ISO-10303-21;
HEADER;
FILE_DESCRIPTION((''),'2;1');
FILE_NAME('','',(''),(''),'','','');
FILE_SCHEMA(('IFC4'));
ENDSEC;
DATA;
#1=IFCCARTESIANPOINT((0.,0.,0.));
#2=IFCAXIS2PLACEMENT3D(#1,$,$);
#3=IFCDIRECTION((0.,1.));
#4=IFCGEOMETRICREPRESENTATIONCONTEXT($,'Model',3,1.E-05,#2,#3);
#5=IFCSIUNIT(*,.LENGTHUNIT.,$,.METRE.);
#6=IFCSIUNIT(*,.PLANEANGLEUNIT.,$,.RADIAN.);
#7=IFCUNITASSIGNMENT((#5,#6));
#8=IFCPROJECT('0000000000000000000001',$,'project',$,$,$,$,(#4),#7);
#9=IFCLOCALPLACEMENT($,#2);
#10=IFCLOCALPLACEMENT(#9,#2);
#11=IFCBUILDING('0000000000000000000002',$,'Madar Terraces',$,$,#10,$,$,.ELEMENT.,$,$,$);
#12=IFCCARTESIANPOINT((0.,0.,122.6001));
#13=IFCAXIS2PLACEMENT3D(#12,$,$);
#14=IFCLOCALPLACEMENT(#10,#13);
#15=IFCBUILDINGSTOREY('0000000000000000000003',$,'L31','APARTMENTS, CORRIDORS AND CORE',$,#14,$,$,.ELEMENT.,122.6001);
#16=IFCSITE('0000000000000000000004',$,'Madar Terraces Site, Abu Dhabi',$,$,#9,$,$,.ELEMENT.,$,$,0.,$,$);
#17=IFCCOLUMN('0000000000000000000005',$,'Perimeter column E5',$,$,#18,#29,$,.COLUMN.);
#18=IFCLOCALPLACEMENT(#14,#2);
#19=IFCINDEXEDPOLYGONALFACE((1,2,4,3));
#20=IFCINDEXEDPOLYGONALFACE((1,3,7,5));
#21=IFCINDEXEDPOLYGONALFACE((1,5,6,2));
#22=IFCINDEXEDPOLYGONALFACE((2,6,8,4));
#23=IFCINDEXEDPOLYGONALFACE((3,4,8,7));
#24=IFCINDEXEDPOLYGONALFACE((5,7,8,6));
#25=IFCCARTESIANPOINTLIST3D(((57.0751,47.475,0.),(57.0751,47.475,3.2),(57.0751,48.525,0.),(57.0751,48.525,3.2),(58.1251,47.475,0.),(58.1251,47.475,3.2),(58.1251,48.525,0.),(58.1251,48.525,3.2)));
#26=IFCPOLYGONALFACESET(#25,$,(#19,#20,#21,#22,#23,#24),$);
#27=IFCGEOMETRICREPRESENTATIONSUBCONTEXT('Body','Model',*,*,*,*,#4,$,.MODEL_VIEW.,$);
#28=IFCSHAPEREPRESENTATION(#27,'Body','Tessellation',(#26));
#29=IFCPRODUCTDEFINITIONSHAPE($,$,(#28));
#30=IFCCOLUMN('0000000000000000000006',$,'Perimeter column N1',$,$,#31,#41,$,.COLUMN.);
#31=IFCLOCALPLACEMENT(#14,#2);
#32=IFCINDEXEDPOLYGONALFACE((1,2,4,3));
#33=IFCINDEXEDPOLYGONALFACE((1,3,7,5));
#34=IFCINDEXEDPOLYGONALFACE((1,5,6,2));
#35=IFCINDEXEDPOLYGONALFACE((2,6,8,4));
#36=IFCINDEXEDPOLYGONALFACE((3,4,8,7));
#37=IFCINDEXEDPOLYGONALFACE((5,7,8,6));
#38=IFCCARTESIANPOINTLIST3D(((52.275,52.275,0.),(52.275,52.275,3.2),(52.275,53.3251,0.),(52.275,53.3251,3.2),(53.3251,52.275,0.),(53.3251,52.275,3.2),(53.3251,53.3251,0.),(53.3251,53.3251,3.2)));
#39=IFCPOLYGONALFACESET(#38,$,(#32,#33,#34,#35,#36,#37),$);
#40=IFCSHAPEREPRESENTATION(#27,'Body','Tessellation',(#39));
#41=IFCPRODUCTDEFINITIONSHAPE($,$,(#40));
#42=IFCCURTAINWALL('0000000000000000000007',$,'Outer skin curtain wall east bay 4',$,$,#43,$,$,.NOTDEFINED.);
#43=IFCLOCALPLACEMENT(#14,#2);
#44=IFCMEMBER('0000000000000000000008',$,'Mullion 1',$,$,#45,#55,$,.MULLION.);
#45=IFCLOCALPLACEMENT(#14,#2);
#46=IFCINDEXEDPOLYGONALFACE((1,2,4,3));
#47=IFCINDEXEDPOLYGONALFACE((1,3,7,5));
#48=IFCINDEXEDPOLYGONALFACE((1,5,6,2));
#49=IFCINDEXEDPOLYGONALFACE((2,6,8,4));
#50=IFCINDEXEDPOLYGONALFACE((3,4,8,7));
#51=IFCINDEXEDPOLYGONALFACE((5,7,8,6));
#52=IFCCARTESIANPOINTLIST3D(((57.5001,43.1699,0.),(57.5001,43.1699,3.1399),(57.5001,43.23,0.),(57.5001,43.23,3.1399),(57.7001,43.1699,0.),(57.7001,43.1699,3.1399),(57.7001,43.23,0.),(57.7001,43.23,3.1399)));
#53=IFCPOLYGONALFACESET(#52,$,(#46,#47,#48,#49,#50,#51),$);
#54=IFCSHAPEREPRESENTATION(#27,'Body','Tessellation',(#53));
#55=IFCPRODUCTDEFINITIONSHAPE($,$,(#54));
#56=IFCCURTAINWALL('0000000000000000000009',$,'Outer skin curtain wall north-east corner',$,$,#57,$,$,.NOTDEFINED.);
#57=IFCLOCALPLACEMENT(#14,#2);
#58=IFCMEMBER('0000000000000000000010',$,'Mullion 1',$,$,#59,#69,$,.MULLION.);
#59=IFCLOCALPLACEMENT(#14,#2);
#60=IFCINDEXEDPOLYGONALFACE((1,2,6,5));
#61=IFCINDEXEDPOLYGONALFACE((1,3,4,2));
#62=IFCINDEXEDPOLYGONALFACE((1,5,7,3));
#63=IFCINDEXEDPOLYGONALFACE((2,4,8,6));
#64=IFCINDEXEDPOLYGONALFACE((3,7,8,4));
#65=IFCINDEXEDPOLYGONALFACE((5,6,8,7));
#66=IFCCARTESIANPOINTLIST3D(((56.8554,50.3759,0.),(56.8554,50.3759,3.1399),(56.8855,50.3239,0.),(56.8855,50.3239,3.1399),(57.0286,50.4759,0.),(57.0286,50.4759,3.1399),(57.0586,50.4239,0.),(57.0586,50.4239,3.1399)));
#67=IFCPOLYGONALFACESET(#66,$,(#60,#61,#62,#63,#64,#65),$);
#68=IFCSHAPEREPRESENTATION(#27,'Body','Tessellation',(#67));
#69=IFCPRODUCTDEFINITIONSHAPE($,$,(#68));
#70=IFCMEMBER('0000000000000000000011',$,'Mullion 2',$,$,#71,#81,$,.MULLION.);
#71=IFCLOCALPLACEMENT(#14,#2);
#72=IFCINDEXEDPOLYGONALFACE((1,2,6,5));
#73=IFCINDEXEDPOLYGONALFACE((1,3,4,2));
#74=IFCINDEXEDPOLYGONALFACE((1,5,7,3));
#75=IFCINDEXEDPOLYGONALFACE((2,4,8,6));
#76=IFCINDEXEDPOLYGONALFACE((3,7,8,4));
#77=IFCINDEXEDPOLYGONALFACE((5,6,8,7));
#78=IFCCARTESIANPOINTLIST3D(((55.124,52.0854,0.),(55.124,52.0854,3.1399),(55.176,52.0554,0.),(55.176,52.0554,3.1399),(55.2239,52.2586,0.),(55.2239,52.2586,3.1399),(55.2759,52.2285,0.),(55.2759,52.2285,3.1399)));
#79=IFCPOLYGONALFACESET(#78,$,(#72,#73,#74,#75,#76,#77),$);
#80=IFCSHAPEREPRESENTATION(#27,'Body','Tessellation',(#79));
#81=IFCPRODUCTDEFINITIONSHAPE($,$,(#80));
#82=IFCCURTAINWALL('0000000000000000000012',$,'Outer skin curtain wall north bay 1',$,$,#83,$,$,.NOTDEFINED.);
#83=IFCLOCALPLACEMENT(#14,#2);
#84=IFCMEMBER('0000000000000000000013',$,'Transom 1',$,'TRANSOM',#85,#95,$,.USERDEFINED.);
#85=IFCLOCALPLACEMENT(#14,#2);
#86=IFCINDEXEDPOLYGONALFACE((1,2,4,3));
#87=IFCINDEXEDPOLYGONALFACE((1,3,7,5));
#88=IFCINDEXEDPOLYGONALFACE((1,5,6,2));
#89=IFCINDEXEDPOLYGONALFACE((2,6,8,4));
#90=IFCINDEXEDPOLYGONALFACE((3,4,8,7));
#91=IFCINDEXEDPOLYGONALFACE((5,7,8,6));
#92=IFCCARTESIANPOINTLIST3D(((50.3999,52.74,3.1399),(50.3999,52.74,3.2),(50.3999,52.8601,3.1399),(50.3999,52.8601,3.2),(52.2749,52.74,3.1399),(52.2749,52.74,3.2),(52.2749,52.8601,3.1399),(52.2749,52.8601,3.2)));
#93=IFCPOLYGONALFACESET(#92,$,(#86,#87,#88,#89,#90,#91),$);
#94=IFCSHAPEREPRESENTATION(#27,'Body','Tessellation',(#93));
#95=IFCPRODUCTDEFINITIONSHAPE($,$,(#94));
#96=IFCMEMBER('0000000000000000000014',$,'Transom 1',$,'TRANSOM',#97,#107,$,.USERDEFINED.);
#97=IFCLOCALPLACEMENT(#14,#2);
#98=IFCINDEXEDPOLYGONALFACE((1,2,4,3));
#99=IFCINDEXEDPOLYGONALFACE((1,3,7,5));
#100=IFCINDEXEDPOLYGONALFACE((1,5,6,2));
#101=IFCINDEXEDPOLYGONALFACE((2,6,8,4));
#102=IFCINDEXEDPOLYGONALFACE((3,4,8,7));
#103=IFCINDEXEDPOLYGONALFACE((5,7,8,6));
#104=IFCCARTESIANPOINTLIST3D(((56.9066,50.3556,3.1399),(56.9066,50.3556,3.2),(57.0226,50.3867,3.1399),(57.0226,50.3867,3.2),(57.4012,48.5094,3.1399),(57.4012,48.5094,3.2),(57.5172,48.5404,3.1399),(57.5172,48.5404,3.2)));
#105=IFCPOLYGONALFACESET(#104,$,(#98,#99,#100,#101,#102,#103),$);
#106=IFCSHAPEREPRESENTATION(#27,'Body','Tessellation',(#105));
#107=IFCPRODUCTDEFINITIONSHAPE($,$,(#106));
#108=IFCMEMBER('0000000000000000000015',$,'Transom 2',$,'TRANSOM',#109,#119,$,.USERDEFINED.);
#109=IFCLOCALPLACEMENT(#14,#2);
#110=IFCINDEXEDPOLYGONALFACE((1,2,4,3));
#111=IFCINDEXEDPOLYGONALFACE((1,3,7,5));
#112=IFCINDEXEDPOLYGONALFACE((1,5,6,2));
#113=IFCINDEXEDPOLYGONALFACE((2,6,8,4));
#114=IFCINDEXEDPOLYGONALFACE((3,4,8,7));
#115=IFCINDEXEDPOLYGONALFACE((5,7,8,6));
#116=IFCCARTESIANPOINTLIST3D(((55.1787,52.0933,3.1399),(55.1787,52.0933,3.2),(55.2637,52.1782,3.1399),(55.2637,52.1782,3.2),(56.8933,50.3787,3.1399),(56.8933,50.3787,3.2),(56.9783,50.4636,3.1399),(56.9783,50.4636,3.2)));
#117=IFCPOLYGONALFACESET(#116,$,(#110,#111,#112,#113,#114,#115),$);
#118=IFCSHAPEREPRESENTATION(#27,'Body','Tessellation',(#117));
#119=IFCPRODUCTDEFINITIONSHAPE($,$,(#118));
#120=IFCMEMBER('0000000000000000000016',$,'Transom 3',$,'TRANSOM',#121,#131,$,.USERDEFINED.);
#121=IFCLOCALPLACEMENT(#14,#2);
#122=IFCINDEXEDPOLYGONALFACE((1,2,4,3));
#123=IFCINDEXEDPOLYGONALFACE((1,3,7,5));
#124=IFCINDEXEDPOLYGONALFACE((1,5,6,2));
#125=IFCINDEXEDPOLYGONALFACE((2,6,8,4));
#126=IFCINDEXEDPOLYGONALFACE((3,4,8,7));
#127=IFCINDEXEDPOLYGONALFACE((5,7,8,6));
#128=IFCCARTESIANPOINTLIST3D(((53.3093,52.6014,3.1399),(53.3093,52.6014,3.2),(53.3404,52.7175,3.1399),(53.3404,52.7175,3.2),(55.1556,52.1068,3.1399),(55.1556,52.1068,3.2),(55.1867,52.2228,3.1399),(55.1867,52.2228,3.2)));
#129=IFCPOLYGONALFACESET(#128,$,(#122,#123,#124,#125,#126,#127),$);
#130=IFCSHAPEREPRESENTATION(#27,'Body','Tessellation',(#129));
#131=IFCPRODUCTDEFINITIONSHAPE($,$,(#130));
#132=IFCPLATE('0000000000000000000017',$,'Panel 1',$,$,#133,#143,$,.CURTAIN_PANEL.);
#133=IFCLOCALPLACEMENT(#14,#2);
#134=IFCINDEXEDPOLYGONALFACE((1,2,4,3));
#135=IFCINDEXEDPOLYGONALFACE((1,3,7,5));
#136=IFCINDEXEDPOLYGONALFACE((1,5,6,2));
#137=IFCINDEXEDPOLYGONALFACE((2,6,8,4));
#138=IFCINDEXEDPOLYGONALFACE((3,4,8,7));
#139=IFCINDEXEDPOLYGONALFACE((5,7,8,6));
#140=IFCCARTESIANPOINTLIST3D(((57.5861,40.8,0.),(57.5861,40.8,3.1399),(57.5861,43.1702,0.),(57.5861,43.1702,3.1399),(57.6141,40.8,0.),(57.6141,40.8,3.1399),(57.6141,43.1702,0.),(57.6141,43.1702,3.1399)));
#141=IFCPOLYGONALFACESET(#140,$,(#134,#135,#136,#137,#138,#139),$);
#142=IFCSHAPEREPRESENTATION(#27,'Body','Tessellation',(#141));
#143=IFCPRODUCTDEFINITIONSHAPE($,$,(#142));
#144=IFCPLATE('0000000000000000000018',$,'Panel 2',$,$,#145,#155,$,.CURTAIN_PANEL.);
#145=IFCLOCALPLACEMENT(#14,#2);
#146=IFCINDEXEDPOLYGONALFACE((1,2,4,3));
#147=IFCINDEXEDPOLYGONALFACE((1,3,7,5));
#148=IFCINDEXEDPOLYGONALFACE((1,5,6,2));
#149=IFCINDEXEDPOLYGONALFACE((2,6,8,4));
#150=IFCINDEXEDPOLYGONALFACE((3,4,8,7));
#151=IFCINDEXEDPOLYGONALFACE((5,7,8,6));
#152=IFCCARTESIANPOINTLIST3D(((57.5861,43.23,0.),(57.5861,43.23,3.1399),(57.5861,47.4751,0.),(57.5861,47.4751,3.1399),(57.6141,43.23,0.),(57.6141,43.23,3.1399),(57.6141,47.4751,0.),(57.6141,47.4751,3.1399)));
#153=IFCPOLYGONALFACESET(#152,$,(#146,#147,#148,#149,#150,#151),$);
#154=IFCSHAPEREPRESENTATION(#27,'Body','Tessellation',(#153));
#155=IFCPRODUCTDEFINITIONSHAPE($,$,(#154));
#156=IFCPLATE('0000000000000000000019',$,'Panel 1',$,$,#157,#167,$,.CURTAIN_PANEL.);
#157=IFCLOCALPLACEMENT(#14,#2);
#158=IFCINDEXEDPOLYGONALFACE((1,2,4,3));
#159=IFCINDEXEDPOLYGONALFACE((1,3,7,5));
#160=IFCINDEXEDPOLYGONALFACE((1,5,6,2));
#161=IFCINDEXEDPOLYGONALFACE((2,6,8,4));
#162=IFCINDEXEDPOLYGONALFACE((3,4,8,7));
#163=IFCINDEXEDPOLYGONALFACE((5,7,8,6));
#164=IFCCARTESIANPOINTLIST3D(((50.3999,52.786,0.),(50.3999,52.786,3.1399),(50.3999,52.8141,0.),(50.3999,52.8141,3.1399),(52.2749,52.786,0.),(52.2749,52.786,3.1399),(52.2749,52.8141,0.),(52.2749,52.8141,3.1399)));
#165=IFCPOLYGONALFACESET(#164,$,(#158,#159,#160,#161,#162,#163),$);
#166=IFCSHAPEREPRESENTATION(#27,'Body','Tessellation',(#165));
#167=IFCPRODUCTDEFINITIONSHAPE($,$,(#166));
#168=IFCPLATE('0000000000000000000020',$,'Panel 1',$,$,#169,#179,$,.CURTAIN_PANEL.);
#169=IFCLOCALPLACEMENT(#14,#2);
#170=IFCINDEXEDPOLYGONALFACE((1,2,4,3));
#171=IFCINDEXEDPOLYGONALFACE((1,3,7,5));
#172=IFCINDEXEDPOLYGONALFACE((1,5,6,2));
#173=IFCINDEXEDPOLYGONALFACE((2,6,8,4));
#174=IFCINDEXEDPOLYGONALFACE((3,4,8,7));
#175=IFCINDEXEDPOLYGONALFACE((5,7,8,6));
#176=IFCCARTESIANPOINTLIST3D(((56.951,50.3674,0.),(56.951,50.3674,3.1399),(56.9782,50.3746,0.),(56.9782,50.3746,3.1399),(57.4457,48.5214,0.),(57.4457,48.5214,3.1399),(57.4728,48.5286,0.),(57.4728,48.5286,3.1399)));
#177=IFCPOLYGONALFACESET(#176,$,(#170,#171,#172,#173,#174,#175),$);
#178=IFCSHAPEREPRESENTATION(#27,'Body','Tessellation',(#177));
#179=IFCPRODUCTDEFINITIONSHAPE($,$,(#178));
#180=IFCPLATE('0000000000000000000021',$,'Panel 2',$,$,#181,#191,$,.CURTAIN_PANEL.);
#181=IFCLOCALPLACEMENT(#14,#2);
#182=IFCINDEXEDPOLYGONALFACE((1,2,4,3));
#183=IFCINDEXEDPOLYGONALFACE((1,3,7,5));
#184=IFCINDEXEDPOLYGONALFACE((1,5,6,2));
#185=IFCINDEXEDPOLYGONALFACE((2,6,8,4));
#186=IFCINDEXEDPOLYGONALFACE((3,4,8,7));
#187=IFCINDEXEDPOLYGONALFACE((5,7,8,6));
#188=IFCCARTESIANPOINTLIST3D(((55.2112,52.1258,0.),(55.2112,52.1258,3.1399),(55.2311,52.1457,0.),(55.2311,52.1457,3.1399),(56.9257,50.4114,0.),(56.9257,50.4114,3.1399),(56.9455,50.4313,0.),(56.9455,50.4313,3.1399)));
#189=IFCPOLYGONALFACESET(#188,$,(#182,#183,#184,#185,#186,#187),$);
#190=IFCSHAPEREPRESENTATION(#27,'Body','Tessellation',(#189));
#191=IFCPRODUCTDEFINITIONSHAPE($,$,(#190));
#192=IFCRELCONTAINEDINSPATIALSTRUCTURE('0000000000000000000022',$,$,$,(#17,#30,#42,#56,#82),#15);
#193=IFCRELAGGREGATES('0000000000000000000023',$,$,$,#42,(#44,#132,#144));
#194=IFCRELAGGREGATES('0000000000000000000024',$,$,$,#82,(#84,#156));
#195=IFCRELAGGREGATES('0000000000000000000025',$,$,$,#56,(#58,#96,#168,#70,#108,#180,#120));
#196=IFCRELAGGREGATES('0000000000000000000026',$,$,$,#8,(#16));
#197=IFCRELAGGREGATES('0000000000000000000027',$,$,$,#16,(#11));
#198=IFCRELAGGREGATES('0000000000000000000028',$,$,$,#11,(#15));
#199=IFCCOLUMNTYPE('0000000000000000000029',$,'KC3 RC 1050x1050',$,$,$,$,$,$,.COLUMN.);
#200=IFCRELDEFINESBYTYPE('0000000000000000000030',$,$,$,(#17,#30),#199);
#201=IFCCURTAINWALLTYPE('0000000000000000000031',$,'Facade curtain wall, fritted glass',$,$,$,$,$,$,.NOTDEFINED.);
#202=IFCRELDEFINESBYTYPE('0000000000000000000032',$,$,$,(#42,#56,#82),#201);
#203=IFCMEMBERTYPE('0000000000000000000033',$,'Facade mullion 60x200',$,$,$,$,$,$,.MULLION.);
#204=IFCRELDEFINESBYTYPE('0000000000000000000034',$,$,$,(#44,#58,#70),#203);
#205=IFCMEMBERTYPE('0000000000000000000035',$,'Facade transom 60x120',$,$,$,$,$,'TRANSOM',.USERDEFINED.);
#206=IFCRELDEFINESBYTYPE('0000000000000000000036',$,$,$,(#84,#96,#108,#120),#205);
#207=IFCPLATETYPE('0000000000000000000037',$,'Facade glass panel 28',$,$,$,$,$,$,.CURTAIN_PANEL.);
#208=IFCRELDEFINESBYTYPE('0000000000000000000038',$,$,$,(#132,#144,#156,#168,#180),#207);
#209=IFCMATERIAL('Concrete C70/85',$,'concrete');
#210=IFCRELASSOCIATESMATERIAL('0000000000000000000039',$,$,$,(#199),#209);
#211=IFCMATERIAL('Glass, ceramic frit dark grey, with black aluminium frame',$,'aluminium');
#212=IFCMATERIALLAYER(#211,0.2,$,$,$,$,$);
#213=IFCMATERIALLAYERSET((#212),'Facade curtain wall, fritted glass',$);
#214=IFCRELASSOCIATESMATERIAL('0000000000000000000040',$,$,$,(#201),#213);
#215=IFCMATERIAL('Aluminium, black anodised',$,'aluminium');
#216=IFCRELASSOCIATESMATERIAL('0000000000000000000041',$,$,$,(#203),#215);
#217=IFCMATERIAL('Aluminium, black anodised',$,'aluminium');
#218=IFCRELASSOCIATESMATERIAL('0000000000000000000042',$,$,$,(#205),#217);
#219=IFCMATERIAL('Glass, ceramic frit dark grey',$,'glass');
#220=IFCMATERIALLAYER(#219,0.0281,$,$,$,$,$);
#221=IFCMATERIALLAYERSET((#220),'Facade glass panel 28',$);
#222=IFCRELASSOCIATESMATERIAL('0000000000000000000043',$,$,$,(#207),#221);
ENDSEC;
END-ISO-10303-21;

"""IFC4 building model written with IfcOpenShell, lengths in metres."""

from ifc_helpers import new_model, si_unit, direction, frame, origin, origin_2d, place, context, subcontext, project, spatial, rectangle, extrude, material, layer, layer_set, material_profile, profile_set, type_object, element, aggregate, save


model = new_model("IFC4")

# Units and contexts
model_context = context("Model", 3, precision=1e-05, world=origin(), true_north=direction((0.0, 1.0)))
body_context = subcontext(model_context, "Body", "Model", "MODEL_VIEW")
ifc_project = project(units=[si_unit("LENGTHUNIT", "METRE"), si_unit("PLANEANGLEUNIT", "RADIAN")], contexts=[model_context])

# Site, building, storey
site_placement = place(None, origin())
site = spatial("IfcSite", under=ifc_project, at=site_placement, Name="Madar Terraces Site, Abu Dhabi", CompositionType="ELEMENT", RefElevation=0.0)
building_placement = place(site_placement, origin())
building = spatial("IfcBuilding", under=site, at=building_placement, Name="Madar Terraces", CompositionType="ELEMENT")
storey_placement = place(building_placement, frame((0.0, 0.0, 122.6001)))
storey = spatial("IfcBuildingStorey", under=building, at=storey_placement, Name="L31", Description="APARTMENTS, CORRIDORS AND CORE", CompositionType="ELEMENT", Elevation=122.6001)

# Columns
ifc_material_1 = material(Name="Concrete C70/85", Category="concrete")
ifc_material_profile_1 = material_profile(ifc_material_1, rectangle(XDim=1.05, YDim=1.05, at=origin_2d()), Name="KC3 RC 1050x1050")
ifc_profile_set_1 = profile_set([ifc_material_profile_1], Name="Concrete C70/85")
column_type = type_object("IfcColumnType", Name="KC3 RC 1050x1050", PredefinedType="COLUMN", material=ifc_profile_set_1)
for number, where, z_axis, x_axis, name in (
    (1, (57.6001, 48.0, 0.0), (0.0, 0.0, 1.0), (1.0, 0.0, 0.0), "Perimeter column E5"),
    (2, (52.8, 52.8, 0.0), (0.0, 0.0, 1.0), (1.0, 0.0, 0.0), "Perimeter column N1"),
):
    element("IfcColumn", number, at=place(storey_placement, frame(where, z_axis=z_axis, x_axis=x_axis)), inside=storey, type_object=column_type, Name=name, PredefinedType="COLUMN", context=body_context, shape_type="SweptSolid", body=[
        extrude(rectangle(XDim=1.05, YDim=1.05, at=origin_2d()), origin(), (0.0, 0.0, 1.0), 3.2),
    ])

# Curtain wall, member
ifc_material_2 = material(Name="Glass, ceramic frit dark grey, with black aluminium frame", Category="aluminium")
ifc_layer_1 = layer(ifc_material_2, 0.2)
ifc_layer_set_1 = layer_set([ifc_layer_1], Name="Facade curtain wall, fritted glass")
curtain_wall_type = type_object("IfcCurtainWallType", Name="Facade curtain wall, fritted glass", PredefinedType="NOTDEFINED", material=ifc_layer_set_1)
curtain_wall_1_placement = place(storey_placement, origin())
curtain_wall_1 = element("IfcCurtainWall", 3, at=curtain_wall_1_placement, inside=storey, type_object=curtain_wall_type, Name="Outer skin curtain wall east bay 4", PredefinedType="NOTDEFINED")
ifc_material_3 = material(Name="Aluminium, black anodised", Category="aluminium")
ifc_material_profile_2 = material_profile(ifc_material_3, rectangle(XDim=0.2, YDim=0.0601, at=origin_2d()), Name="Facade mullion 60x200")
ifc_profile_set_2 = profile_set([ifc_material_profile_2], Name="Aluminium, black anodised")
member_type_1 = type_object("IfcMemberType", Name="Facade mullion 60x200", PredefinedType="MULLION", material=ifc_profile_set_2)
member_1_placement = place(storey_placement, frame((57.6001, 43.2, 0.0), z_axis=(0.0, 0.0, 1.0), x_axis=(-1.0, 0.0, 0.0)))
member_1 = element("IfcMember", 4, at=member_1_placement, type_object=member_type_1, Name="Mullion 1", PredefinedType="MULLION", context=body_context, shape_type="SweptSolid", body=[
    extrude(rectangle(XDim=0.2, YDim=0.0601, at=origin_2d()), origin(), (0.0, 0.0, 1.0), 3.1399),
])

# Curtain wall, members
curtain_wall_2_placement = place(storey_placement, origin())
curtain_wall_2 = element("IfcCurtainWall", 5, at=curtain_wall_2_placement, inside=storey, type_object=curtain_wall_type, Name="Outer skin curtain wall north-east corner", PredefinedType="NOTDEFINED")
member_2_placement = place(storey_placement, frame((56.957, 50.3999, 0.0), z_axis=(0.0, 0.0, 1.0), x_axis=(-0.866025, -0.5, 0.0)))
member_2 = element("IfcMember", 6, at=member_2_placement, type_object=member_type_1, Name="Mullion 1", PredefinedType="MULLION", context=body_context, shape_type="SweptSolid", body=[
    extrude(rectangle(XDim=0.2, YDim=0.0601, at=origin_2d()), origin(), (0.0, 0.0, 1.0), 3.1399),
])
member_3_placement = place(storey_placement, frame((55.2, 52.157, 0.0), z_axis=(0.0, 0.0, 1.0), x_axis=(-0.5, -0.866025, 0.0)))
member_3 = element("IfcMember", 7, at=member_3_placement, type_object=member_type_1, Name="Mullion 2", PredefinedType="MULLION", context=body_context, shape_type="SweptSolid", body=[
    extrude(rectangle(XDim=0.2, YDim=0.0601, at=origin_2d()), origin(), (0.0, 0.0, 1.0), 3.1399),
])

# Curtain wall, member
curtain_wall_3_placement = place(storey_placement, origin())
curtain_wall_3 = element("IfcCurtainWall", 8, at=curtain_wall_3_placement, inside=storey, type_object=curtain_wall_type, Name="Outer skin curtain wall north bay 1", PredefinedType="NOTDEFINED")
ifc_material_4 = material(Name="Aluminium, black anodised", Category="aluminium")
ifc_material_profile_3 = material_profile(ifc_material_4, rectangle(XDim=0.1201, YDim=0.0601, at=origin_2d()), Name="Facade transom 60x120")
ifc_profile_set_3 = profile_set([ifc_material_profile_3], Name="Aluminium, black anodised")
member_type_2 = type_object("IfcMemberType", Name="Facade transom 60x120", ElementType="TRANSOM", PredefinedType="USERDEFINED", material=ifc_profile_set_3)
member_4_placement = place(storey_placement, frame((52.2749, 52.8, 3.1699), z_axis=(-1.0, 0.0, 0.0), x_axis=(0.0, -1.0, 0.0)))
member_4 = element("IfcMember", 9, at=member_4_placement, type_object=member_type_2, Name="Transom 1", ObjectType="TRANSOM", PredefinedType="USERDEFINED", context=body_context, shape_type="SweptSolid", body=[
    extrude(rectangle(XDim=0.1201, YDim=0.0601, at=origin_2d()), origin(), (0.0, 0.0, 1.0), 1.875),
])

# Members
member_5_placement = place(storey_placement, frame((57.4592, 48.5249, 3.1699), z_axis=(-0.258791, 0.965933, 0.0), x_axis=(-0.965933, -0.258791, 0.0)))
member_5 = element("IfcMember", 10, at=member_5_placement, type_object=member_type_2, Name="Transom 1", ObjectType="TRANSOM", PredefinedType="USERDEFINED", context=body_context, shape_type="SweptSolid", body=[
    extrude(rectangle(XDim=0.1201, YDim=0.0601, at=origin_2d()), origin(), (0.0, 0.0, 1.0), 1.9114),
])
member_6_placement = place(storey_placement, frame((56.9358, 50.4211, 3.1699), z_axis=(-0.707107, 0.707107, 0.0), x_axis=(-0.707107, -0.707107, 0.0)))
member_6 = element("IfcMember", 11, at=member_6_placement, type_object=member_type_2, Name="Transom 2", ObjectType="TRANSOM", PredefinedType="USERDEFINED", context=body_context, shape_type="SweptSolid", body=[
    extrude(rectangle(XDim=0.1201, YDim=0.0601, at=origin_2d()), origin(), (0.0, 0.0, 1.0), 2.4248),
])
member_7_placement = place(storey_placement, frame((55.1711, 52.1648, 3.1699), z_axis=(-0.965933, 0.258791, 0.0), x_axis=(-0.258791, -0.965933, 0.0)))
member_7 = element("IfcMember", 12, at=member_7_placement, type_object=member_type_2, Name="Transom 3", ObjectType="TRANSOM", PredefinedType="USERDEFINED", context=body_context, shape_type="SweptSolid", body=[
    extrude(rectangle(XDim=0.1201, YDim=0.0601, at=origin_2d()), origin(), (0.0, 0.0, 1.0), 1.9114),
])

# Plates
ifc_material_5 = material(Name="Glass, ceramic frit dark grey", Category="glass")
ifc_layer_2 = layer(ifc_material_5, 0.0281)
ifc_layer_set_2 = layer_set([ifc_layer_2], Name="Facade glass panel 28")
plate_type = type_object("IfcPlateType", Name="Facade glass panel 28", PredefinedType="CURTAIN_PANEL", material=ifc_layer_set_2)
plate_1_placement = place(storey_placement, frame((57.6001, 41.9851, 0.0), z_axis=(0.0, 0.0, 1.0), x_axis=(0.0, 1.0, 0.0)))
plate_1 = element("IfcPlate", 13, at=plate_1_placement, type_object=plate_type, Name="Panel 1", PredefinedType="CURTAIN_PANEL", context=body_context, shape_type="SweptSolid", body=[
    extrude(rectangle(XDim=2.3701, YDim=0.0281, at=origin_2d()), origin(), (0.0, 0.0, 1.0), 3.1399),
])
plate_2_placement = place(storey_placement, frame((57.6001, 45.3525, 0.0), z_axis=(0.0, 0.0, 1.0), x_axis=(0.0, 1.0, 0.0)))
plate_2 = element("IfcPlate", 14, at=plate_2_placement, type_object=plate_type, Name="Panel 2", PredefinedType="CURTAIN_PANEL", context=body_context, shape_type="SweptSolid", body=[
    extrude(rectangle(XDim=4.2451, YDim=0.0281, at=origin_2d()), origin(), (0.0, 0.0, 1.0), 3.1399),
])
aggregate(curtain_wall_1, [member_1, plate_1, plate_2])
plate_3_placement = place(storey_placement, frame((51.3374, 52.8, 0.0), z_axis=(0.0, 0.0, 1.0), x_axis=(-1.0, 0.0, 0.0)))
plate_3 = element("IfcPlate", 15, at=plate_3_placement, type_object=plate_type, Name="Panel 1", PredefinedType="CURTAIN_PANEL", context=body_context, shape_type="SweptSolid", body=[
    extrude(rectangle(XDim=1.875, YDim=0.0281, at=origin_2d()), origin(), (0.0, 0.0, 1.0), 3.1399),
])
aggregate(curtain_wall_3, [member_4, plate_3])
plate_4_placement = place(storey_placement, frame((57.2119, 49.448, 0.0), z_axis=(0.0, 0.0, 1.0), x_axis=(-0.258819, 0.965926, 0.0)))
plate_4 = element("IfcPlate", 16, at=plate_4_placement, type_object=plate_type, Name="Panel 1", PredefinedType="CURTAIN_PANEL", context=body_context, shape_type="SweptSolid", body=[
    extrude(rectangle(XDim=1.9111, YDim=0.0281, at=origin_2d()), origin(), (0.0, 0.0, 1.0), 3.1399),
])
plate_5_placement = place(storey_placement, frame((56.0784, 51.2786, 0.0), z_axis=(0.0, 0.0, 1.0), x_axis=(-0.707107, 0.707107, 0.0)))
plate_5 = element("IfcPlate", 17, at=plate_5_placement, type_object=plate_type, Name="Panel 2", PredefinedType="CURTAIN_PANEL", context=body_context, shape_type="SweptSolid", body=[
    extrude(rectangle(XDim=2.4246, YDim=0.0281, at=origin_2d()), origin(), (0.0, 0.0, 1.0), 3.1399),
])
aggregate(curtain_wall_2, [member_2, member_5, plate_4, member_3, member_6, plate_5, member_7])

save(model, "model.ifc")
